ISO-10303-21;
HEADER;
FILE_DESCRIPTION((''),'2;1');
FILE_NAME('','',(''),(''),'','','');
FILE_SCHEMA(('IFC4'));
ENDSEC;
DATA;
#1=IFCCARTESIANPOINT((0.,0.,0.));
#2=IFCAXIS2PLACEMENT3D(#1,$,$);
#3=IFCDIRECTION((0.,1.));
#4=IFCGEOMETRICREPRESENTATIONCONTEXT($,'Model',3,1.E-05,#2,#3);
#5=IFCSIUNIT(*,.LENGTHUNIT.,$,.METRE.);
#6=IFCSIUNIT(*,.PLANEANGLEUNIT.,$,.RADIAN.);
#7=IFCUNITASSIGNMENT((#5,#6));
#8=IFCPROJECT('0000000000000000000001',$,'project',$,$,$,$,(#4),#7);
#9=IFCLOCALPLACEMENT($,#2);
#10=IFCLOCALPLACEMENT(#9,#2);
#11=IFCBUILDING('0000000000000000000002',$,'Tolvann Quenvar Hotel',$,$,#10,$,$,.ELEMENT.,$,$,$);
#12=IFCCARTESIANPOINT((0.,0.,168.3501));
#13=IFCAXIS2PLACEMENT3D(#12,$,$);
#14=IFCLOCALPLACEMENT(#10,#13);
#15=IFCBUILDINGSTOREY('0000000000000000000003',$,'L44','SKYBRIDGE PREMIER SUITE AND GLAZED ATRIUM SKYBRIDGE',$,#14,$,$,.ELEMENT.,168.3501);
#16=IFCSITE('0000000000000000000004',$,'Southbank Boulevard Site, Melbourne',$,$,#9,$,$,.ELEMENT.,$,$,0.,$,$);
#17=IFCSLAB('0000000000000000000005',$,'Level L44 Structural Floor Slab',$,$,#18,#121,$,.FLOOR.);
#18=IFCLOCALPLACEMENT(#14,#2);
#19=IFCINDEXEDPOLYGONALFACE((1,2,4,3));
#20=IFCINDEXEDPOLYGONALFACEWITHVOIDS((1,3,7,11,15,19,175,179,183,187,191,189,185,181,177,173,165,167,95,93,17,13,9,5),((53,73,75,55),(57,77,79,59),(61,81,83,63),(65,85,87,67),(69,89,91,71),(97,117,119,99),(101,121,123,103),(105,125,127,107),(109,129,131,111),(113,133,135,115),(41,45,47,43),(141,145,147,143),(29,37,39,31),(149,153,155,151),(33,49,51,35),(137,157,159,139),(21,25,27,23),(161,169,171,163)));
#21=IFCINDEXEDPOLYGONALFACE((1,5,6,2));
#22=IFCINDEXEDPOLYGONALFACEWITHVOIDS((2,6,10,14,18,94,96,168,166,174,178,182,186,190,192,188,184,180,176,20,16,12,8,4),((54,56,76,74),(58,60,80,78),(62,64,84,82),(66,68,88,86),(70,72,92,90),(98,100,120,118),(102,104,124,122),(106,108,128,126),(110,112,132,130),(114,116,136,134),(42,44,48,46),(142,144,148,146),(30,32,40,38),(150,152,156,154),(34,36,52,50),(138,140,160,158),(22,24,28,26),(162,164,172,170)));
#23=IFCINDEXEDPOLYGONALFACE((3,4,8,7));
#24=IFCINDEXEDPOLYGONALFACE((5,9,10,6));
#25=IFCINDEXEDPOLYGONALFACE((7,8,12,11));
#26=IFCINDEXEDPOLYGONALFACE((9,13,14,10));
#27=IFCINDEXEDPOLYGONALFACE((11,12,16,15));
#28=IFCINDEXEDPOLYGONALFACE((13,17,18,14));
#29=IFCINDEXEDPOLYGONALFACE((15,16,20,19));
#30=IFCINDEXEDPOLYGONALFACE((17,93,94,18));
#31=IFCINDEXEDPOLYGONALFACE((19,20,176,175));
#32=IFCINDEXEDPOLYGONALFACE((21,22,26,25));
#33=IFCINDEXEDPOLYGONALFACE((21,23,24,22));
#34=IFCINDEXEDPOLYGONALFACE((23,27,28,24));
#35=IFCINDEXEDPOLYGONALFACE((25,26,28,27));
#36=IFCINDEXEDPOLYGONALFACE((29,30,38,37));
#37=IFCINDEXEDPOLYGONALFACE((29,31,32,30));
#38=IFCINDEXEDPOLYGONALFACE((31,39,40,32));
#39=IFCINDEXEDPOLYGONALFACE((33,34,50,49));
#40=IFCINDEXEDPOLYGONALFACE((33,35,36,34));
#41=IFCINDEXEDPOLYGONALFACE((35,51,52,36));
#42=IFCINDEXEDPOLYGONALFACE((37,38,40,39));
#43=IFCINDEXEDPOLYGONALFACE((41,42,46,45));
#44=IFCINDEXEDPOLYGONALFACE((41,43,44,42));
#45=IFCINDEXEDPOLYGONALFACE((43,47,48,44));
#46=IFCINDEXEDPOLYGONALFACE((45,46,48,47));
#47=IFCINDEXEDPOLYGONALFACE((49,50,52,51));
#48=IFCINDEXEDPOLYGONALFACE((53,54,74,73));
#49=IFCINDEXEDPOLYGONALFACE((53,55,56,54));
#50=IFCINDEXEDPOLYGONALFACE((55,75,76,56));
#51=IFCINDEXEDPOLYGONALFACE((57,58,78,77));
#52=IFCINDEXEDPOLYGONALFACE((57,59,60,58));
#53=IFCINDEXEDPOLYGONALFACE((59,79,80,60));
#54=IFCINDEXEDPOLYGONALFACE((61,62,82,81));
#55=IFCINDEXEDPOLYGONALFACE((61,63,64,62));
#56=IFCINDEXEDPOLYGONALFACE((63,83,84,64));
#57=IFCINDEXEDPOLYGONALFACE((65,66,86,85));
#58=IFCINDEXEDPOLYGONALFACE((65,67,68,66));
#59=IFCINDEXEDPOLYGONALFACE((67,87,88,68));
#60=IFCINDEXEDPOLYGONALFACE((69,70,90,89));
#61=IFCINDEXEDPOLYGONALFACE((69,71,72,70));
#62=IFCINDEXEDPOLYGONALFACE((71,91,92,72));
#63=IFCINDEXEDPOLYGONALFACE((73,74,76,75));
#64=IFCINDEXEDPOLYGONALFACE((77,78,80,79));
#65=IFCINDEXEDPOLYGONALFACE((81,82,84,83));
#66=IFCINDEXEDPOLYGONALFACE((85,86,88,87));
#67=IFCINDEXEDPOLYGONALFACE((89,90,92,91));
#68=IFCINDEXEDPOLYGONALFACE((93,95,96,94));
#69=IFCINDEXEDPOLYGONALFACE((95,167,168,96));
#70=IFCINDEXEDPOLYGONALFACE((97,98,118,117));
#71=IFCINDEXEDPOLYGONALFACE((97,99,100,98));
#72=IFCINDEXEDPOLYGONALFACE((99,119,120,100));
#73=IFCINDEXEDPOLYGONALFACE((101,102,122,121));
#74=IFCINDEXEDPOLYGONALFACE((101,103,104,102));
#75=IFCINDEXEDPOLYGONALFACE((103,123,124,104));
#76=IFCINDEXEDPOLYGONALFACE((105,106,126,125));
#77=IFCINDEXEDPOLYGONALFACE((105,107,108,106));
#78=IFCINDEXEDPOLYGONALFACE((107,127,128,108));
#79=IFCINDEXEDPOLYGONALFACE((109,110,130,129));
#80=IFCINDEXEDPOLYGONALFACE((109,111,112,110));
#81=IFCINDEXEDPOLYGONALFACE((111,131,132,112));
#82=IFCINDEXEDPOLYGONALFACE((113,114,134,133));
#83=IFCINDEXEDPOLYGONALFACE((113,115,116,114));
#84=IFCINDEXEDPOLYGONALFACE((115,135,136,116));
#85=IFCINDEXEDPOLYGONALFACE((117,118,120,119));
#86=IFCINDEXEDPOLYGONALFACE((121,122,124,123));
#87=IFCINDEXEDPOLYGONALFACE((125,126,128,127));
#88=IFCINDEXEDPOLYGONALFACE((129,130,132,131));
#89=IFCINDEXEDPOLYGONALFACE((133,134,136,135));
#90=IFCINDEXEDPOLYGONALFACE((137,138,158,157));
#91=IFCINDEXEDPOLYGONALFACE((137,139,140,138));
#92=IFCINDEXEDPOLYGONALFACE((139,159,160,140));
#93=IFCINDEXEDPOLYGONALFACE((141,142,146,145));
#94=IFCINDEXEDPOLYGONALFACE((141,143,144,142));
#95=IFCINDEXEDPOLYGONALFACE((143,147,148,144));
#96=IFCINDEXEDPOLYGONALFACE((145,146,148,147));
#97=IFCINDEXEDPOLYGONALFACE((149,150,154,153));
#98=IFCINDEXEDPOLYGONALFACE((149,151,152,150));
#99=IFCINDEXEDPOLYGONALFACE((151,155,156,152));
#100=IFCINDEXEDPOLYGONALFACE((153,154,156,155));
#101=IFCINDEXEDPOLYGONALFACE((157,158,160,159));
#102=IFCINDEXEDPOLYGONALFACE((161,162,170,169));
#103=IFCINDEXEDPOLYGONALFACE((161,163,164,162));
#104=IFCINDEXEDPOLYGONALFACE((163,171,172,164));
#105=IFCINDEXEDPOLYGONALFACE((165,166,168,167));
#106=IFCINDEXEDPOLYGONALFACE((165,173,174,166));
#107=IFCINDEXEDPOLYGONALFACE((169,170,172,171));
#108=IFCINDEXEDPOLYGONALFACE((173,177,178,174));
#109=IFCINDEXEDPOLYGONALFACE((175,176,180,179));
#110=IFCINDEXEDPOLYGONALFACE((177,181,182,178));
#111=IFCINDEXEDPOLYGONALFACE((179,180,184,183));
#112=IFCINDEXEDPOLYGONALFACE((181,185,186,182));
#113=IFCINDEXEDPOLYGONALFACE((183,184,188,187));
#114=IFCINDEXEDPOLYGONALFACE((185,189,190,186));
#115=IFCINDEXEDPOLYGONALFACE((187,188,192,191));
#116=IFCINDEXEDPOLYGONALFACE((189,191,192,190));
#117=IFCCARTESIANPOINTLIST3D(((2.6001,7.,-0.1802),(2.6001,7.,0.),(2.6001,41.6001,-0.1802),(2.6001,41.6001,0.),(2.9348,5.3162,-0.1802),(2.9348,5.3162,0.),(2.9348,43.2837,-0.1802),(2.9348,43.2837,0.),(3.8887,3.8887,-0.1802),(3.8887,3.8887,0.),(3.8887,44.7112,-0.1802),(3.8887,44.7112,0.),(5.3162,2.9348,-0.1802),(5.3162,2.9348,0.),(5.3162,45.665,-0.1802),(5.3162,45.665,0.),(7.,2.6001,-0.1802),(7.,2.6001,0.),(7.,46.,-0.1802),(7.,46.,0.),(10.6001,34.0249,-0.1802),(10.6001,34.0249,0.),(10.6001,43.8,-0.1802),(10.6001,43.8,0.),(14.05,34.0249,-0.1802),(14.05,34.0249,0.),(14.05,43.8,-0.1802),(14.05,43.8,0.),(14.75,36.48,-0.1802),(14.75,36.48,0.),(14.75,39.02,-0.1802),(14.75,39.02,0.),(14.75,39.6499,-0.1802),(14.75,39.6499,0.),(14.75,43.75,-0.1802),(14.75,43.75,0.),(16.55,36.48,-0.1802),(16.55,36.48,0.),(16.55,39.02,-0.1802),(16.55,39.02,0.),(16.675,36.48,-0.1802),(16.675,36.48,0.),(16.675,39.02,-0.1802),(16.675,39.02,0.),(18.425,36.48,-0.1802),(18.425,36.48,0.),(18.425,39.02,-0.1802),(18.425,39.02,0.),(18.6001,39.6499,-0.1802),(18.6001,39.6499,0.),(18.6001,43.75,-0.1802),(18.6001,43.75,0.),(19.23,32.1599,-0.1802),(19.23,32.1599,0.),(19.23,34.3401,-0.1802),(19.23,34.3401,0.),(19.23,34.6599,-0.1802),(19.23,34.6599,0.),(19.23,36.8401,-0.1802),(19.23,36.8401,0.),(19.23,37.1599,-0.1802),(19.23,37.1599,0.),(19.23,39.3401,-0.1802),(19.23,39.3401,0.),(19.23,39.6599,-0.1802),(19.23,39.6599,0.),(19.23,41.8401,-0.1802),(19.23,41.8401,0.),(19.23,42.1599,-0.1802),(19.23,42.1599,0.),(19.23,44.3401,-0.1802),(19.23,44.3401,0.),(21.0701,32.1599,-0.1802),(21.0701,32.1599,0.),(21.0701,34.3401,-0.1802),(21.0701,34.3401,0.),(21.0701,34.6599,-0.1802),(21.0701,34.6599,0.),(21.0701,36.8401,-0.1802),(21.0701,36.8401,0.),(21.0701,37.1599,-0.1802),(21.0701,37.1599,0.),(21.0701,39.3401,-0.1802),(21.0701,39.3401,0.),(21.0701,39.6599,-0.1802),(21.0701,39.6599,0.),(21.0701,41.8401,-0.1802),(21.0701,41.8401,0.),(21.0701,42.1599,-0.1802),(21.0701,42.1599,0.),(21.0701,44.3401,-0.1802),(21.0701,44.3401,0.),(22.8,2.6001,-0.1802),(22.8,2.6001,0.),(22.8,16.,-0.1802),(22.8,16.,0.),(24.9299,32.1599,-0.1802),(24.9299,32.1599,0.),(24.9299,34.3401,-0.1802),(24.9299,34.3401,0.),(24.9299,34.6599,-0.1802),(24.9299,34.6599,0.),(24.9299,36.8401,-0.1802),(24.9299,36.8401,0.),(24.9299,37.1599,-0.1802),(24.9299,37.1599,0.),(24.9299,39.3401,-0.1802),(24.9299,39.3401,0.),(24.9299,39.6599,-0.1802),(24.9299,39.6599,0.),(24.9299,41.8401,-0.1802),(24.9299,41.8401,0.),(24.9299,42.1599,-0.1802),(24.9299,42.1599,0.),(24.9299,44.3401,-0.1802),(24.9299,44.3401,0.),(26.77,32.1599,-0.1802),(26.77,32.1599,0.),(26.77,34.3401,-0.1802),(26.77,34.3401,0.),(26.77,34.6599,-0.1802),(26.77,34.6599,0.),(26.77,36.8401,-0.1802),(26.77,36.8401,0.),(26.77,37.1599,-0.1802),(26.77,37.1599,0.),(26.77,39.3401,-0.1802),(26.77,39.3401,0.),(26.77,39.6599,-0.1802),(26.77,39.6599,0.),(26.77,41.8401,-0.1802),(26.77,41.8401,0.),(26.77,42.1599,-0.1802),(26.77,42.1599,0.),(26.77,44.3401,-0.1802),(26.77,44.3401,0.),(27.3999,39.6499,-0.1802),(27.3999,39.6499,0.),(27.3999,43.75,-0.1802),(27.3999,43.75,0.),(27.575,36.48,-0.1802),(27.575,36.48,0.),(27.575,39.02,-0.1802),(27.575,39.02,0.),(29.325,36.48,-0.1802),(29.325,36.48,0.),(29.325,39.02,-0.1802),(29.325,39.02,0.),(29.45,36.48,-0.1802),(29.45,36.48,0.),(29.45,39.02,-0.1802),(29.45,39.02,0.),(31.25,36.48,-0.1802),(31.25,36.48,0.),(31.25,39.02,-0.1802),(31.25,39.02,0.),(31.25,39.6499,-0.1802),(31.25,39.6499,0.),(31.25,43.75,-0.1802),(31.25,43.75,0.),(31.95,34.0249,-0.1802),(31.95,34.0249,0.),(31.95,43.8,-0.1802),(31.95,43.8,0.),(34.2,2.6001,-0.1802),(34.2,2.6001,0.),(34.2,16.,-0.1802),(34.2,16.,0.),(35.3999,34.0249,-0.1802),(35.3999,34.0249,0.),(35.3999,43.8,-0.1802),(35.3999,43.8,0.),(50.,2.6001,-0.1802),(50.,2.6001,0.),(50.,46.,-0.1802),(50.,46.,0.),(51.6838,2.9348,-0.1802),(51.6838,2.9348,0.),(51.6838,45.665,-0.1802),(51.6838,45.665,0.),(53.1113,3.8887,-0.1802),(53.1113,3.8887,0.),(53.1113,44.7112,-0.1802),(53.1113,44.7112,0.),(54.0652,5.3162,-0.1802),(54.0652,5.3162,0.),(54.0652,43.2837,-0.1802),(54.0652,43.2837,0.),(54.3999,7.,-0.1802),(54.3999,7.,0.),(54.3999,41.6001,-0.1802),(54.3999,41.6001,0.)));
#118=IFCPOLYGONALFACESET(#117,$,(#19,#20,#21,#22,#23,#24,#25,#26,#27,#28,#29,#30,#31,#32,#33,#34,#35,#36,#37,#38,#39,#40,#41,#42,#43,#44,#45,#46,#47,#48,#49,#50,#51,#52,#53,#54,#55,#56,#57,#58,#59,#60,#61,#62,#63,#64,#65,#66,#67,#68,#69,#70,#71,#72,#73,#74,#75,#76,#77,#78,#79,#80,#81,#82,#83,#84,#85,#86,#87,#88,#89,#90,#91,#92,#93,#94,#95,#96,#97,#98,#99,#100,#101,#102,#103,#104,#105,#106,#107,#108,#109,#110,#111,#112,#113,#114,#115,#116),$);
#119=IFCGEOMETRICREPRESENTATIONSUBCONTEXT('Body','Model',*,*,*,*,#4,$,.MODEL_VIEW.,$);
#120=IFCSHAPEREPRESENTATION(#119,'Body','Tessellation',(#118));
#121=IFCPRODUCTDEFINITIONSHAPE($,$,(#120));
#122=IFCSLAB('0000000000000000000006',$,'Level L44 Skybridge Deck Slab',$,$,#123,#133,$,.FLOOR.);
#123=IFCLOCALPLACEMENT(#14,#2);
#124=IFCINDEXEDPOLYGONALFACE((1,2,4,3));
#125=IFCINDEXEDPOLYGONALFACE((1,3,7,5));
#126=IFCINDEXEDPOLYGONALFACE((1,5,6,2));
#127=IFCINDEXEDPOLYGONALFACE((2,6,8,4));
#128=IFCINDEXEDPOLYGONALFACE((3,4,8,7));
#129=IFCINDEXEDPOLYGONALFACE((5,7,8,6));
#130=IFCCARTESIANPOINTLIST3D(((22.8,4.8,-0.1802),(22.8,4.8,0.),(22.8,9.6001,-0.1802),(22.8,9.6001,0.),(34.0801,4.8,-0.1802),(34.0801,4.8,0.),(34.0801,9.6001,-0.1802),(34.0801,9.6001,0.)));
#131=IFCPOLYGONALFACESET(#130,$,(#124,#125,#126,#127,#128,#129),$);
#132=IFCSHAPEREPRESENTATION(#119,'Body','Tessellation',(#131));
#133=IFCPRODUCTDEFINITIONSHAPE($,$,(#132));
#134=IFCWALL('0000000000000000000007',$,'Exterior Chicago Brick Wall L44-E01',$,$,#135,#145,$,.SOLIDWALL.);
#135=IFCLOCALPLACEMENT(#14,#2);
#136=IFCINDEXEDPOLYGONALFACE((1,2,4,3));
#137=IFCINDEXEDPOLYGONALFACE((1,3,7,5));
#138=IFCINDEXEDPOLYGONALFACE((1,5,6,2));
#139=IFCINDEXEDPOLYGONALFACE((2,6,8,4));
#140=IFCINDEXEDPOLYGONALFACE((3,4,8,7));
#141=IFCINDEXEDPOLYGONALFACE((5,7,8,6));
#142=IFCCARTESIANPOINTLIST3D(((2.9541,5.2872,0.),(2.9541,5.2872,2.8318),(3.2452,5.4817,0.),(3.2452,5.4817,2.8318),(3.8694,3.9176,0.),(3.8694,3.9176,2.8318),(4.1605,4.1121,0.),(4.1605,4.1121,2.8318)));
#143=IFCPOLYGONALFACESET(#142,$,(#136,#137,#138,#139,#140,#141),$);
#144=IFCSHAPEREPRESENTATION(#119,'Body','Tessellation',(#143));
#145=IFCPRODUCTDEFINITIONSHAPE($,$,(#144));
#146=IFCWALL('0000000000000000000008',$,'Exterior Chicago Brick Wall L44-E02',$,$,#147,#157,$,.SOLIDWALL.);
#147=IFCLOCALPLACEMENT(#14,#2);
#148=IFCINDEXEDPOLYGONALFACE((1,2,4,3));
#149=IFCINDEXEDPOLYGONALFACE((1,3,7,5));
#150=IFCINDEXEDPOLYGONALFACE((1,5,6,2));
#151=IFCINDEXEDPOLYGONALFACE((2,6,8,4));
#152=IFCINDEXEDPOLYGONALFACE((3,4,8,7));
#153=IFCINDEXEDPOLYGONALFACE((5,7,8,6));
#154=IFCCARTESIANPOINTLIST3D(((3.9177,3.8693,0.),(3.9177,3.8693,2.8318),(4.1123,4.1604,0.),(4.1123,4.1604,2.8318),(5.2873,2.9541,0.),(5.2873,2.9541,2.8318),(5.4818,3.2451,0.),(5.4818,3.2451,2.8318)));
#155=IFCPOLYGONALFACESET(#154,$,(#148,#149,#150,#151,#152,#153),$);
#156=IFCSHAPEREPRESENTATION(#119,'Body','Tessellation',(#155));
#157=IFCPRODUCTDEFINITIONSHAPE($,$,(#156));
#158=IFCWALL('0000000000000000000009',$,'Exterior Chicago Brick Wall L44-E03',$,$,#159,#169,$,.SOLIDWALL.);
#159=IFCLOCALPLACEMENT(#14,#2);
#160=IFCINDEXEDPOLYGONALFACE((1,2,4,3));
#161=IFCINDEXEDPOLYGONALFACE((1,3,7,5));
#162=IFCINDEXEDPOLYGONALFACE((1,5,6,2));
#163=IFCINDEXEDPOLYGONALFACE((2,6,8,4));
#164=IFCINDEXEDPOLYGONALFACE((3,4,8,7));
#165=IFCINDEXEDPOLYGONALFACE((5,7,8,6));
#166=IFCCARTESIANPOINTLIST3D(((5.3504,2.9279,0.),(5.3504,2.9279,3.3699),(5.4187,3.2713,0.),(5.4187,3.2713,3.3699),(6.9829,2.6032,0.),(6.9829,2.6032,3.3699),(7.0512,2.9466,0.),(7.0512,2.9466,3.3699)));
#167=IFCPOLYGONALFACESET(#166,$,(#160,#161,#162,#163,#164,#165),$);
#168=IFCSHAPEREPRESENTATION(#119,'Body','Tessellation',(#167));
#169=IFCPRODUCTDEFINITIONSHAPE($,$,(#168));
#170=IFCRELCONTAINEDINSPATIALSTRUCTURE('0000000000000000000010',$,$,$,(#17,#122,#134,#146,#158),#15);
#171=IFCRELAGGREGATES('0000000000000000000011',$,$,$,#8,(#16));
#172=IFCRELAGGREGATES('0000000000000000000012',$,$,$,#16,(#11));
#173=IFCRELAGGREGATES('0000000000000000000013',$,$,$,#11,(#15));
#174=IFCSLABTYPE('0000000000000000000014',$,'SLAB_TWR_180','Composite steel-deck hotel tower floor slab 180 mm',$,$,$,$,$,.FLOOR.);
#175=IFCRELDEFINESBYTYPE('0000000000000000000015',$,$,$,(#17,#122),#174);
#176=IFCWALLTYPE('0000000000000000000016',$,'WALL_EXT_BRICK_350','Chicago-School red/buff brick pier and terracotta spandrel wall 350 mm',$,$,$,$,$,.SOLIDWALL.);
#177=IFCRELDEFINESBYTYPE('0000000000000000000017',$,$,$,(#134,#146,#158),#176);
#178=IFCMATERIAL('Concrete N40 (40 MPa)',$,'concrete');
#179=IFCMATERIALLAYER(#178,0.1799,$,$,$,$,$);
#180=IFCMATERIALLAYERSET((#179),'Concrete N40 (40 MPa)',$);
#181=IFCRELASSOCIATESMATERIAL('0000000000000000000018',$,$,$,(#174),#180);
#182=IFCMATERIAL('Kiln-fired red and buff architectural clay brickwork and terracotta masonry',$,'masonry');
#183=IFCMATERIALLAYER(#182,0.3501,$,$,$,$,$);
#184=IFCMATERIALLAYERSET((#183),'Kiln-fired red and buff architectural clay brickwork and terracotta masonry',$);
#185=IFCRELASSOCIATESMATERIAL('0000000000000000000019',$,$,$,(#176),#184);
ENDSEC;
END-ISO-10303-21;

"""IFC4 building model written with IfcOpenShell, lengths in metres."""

from ifc_helpers import new_model, si_unit, direction, frame, frame_2d, origin, place, context, subcontext, project, spatial, polyline, rectangle, outline, extrude, material, layer, layer_set, type_object, element, save


model = new_model("IFC4")

# Units and contexts
model_context = context("Model", 3, precision=1e-05, world=origin(), true_north=direction((0.0, 1.0)))
body_context = subcontext(model_context, "Body", "Model", "MODEL_VIEW")
ifc_project = project(units=[si_unit("LENGTHUNIT", "METRE"), si_unit("PLANEANGLEUNIT", "RADIAN")], contexts=[model_context])

# Site, building, storey
site_placement = place(None, origin())
site = spatial("IfcSite", under=ifc_project, at=site_placement, Name="Southbank Boulevard Site, Melbourne", CompositionType="ELEMENT", RefElevation=0.0)
building_placement = place(site_placement, origin())
building = spatial("IfcBuilding", under=site, at=building_placement, Name="Tolvann Quenvar Hotel", CompositionType="ELEMENT")
storey_placement = place(building_placement, frame((0.0, 0.0, 168.3501)))
storey = spatial("IfcBuildingStorey", under=building, at=storey_placement, Name="L44", Description="SKYBRIDGE PREMIER SUITE AND GLAZED ATRIUM SKYBRIDGE", CompositionType="ELEMENT", Elevation=168.3501)

# Shared definitions
ifc_material_1 = material(Name="Concrete N40 (40 MPa)", Category="concrete")

# Slabs
ifc_layer_1 = layer(ifc_material_1, 0.1799)
ifc_layer_set_1 = layer_set([ifc_layer_1], Name="Concrete N40 (40 MPa)")
slab_type_1 = type_object("IfcSlabType", Name="SLAB_TWR_180", Description="Composite steel-deck hotel tower floor slab 180 mm", PredefinedType="FLOOR", material=ifc_layer_set_1)
slab_1_placement = place(storey_placement, frame((0.0, 0.0, -0.1802)))
element("IfcSlab", 1, at=slab_1_placement, inside=storey, type_object=slab_type_1, Name="Level L44 Structural Floor Slab", PredefinedType="FLOOR", context=body_context, shape_type="SweptSolid", body=[
    extrude(outline(polyline([(2.6001, 7.0), (2.9348, 5.3162), (3.8887, 3.8887), (5.3162, 2.9348), (7.0, 2.6001), (22.8, 2.6001), (22.8, 16.0), (34.2, 16.0), (34.2, 2.6001), (50.0, 2.6001), (51.6838, 2.9348), (53.1113, 3.8887), (54.0652, 5.3162), (54.3999, 7.0), (54.3999, 41.6001), (54.0652, 43.2837), (53.1113, 44.7112), (51.6838, 45.665), (50.0, 46.0), (7.0, 46.0), (5.3162, 45.665), (3.8887, 44.7112), (2.9348, 43.2837), (2.6001, 41.6001), (2.6001, 7.0)]), holes=[polyline([(31.95, 34.0249), (31.95, 43.8), (35.3999, 43.8), (35.3999, 34.0249), (31.95, 34.0249)]), polyline([(29.45, 39.02), (31.25, 39.02), (31.25, 36.48), (29.45, 36.48), (29.45, 39.02)]), polyline([(31.25, 43.75), (31.25, 39.6499), (27.3999, 39.6499), (27.3999, 43.75), (31.25, 43.75)]), polyline([(27.575, 39.02), (29.325, 39.02), (29.325, 36.48), (27.575, 36.48), (27.575, 39.02)]), polyline([(26.77, 44.3401), (26.77, 42.1599), (24.9299, 42.1599), (24.9299, 44.3401), (26.77, 44.3401)]), polyline([(24.9299, 41.8401), (26.77, 41.8401), (26.77, 39.6599), (24.9299, 39.6599), (24.9299, 41.8401)]), polyline([(24.9299, 39.3401), (26.77, 39.3401), (26.77, 37.1599), (24.9299, 37.1599), (24.9299, 39.3401)]), polyline([(24.9299, 36.8401), (26.77, 36.8401), (26.77, 34.6599), (24.9299, 34.6599), (24.9299, 36.8401)]), polyline([(24.9299, 34.3401), (26.77, 34.3401), (26.77, 32.1599), (24.9299, 32.1599), (24.9299, 34.3401)]), polyline([(21.0701, 44.3401), (21.0701, 42.1599), (19.23, 42.1599), (19.23, 44.3401), (21.0701, 44.3401)]), polyline([(19.23, 41.8401), (21.0701, 41.8401), (21.0701, 39.6599), (19.23, 39.6599), (19.23, 41.8401)]), polyline([(19.23, 39.3401), (21.0701, 39.3401), (21.0701, 37.1599), (19.23, 37.1599), (19.23, 39.3401)]), polyline([(19.23, 36.8401), (21.0701, 36.8401), (21.0701, 34.6599), (19.23, 34.6599), (19.23, 36.8401)]), polyline([(19.23, 34.3401), (21.0701, 34.3401), (21.0701, 32.1599), (19.23, 32.1599), (19.23, 34.3401)]), polyline([(18.6001, 43.75), (18.6001, 39.6499), (14.75, 39.6499), (14.75, 43.75), (18.6001, 43.75)]), polyline([(16.675, 39.02), (18.425, 39.02), (18.425, 36.48), (16.675, 36.48), (16.675, 39.02)]), polyline([(14.75, 39.02), (16.55, 39.02), (16.55, 36.48), (14.75, 36.48), (14.75, 39.02)]), polyline([(10.6001, 34.0249), (10.6001, 43.8), (14.05, 43.8), (14.05, 34.0249), (10.6001, 34.0249)])]), origin(), (0.0, 0.0, 1.0), 0.1802),
])
slab_2_placement = place(storey_placement, frame((0.0, 0.0, -0.1802)))
element("IfcSlab", 2, at=slab_2_placement, inside=storey, type_object=slab_type_1, Name="Level L44 Skybridge Deck Slab", PredefinedType="FLOOR", context=body_context, shape_type="SweptSolid", body=[
    extrude(outline(polyline([(22.8, 4.8), (34.0801, 4.8), (34.0801, 9.6001), (22.8, 9.6001), (22.8, 4.8)])), origin(), (0.0, 0.0, 1.0), 0.1802),
])

# Walls
ifc_material_2 = material(Name="Kiln-fired red and buff architectural clay brickwork and terracotta masonry", Category="masonry")
ifc_layer_2 = layer(ifc_material_2, 0.3501)
ifc_layer_set_2 = layer_set([ifc_layer_2], Name="Kiln-fired red and buff architectural clay brickwork and terracotta masonry")
wall_type_1 = type_object("IfcWallType", Name="WALL_EXT_BRICK_350", Description="Chicago-School red/buff brick pier and terracotta spandrel wall 350 mm", PredefinedType="SOLIDWALL", material=ifc_layer_set_2)
for number, where, z_axis, x_axis, name in (
    (3, (3.0996, 5.3845, 0.0), (0.0, 0.0, 1.0), (0.555623, -0.831434, 0.0), "Exterior Chicago Brick Wall L44-E01"),
    (4, (4.0149, 4.0149, 0.0), (0.0, 0.0, 1.0), (0.831434, -0.555623, 0.0), "Exterior Chicago Brick Wall L44-E02"),
):
    element("IfcWall", number, at=place(storey_placement, frame(where, z_axis=z_axis, x_axis=x_axis)), inside=storey, type_object=wall_type_1, Name=name, PredefinedType="SOLIDWALL", context=body_context, shape_type="SweptSolid", body=[
        extrude(rectangle(XDim=1.6472, YDim=0.3501, at=frame_2d((0.8237, 0.0))), origin(), (0.0, 0.0, 1.0), 2.8318),
    ])
wall_1_placement = place(storey_placement, frame((5.3845, 3.0996, 0.0), z_axis=(0.0, 0.0, 1.0), x_axis=(0.980789, -0.195072, 0.0)))
element("IfcWall", 5, at=wall_1_placement, inside=storey, type_object=wall_type_1, Name="Exterior Chicago Brick Wall L44-E03", PredefinedType="SOLIDWALL", context=body_context, shape_type="SweptSolid", body=[
    extrude(rectangle(XDim=1.6646, YDim=0.3501, at=frame_2d((0.8323, 0.0))), origin(), (0.0, 0.0, 1.0), 3.3699),
])

save(model, "model.ifc")
